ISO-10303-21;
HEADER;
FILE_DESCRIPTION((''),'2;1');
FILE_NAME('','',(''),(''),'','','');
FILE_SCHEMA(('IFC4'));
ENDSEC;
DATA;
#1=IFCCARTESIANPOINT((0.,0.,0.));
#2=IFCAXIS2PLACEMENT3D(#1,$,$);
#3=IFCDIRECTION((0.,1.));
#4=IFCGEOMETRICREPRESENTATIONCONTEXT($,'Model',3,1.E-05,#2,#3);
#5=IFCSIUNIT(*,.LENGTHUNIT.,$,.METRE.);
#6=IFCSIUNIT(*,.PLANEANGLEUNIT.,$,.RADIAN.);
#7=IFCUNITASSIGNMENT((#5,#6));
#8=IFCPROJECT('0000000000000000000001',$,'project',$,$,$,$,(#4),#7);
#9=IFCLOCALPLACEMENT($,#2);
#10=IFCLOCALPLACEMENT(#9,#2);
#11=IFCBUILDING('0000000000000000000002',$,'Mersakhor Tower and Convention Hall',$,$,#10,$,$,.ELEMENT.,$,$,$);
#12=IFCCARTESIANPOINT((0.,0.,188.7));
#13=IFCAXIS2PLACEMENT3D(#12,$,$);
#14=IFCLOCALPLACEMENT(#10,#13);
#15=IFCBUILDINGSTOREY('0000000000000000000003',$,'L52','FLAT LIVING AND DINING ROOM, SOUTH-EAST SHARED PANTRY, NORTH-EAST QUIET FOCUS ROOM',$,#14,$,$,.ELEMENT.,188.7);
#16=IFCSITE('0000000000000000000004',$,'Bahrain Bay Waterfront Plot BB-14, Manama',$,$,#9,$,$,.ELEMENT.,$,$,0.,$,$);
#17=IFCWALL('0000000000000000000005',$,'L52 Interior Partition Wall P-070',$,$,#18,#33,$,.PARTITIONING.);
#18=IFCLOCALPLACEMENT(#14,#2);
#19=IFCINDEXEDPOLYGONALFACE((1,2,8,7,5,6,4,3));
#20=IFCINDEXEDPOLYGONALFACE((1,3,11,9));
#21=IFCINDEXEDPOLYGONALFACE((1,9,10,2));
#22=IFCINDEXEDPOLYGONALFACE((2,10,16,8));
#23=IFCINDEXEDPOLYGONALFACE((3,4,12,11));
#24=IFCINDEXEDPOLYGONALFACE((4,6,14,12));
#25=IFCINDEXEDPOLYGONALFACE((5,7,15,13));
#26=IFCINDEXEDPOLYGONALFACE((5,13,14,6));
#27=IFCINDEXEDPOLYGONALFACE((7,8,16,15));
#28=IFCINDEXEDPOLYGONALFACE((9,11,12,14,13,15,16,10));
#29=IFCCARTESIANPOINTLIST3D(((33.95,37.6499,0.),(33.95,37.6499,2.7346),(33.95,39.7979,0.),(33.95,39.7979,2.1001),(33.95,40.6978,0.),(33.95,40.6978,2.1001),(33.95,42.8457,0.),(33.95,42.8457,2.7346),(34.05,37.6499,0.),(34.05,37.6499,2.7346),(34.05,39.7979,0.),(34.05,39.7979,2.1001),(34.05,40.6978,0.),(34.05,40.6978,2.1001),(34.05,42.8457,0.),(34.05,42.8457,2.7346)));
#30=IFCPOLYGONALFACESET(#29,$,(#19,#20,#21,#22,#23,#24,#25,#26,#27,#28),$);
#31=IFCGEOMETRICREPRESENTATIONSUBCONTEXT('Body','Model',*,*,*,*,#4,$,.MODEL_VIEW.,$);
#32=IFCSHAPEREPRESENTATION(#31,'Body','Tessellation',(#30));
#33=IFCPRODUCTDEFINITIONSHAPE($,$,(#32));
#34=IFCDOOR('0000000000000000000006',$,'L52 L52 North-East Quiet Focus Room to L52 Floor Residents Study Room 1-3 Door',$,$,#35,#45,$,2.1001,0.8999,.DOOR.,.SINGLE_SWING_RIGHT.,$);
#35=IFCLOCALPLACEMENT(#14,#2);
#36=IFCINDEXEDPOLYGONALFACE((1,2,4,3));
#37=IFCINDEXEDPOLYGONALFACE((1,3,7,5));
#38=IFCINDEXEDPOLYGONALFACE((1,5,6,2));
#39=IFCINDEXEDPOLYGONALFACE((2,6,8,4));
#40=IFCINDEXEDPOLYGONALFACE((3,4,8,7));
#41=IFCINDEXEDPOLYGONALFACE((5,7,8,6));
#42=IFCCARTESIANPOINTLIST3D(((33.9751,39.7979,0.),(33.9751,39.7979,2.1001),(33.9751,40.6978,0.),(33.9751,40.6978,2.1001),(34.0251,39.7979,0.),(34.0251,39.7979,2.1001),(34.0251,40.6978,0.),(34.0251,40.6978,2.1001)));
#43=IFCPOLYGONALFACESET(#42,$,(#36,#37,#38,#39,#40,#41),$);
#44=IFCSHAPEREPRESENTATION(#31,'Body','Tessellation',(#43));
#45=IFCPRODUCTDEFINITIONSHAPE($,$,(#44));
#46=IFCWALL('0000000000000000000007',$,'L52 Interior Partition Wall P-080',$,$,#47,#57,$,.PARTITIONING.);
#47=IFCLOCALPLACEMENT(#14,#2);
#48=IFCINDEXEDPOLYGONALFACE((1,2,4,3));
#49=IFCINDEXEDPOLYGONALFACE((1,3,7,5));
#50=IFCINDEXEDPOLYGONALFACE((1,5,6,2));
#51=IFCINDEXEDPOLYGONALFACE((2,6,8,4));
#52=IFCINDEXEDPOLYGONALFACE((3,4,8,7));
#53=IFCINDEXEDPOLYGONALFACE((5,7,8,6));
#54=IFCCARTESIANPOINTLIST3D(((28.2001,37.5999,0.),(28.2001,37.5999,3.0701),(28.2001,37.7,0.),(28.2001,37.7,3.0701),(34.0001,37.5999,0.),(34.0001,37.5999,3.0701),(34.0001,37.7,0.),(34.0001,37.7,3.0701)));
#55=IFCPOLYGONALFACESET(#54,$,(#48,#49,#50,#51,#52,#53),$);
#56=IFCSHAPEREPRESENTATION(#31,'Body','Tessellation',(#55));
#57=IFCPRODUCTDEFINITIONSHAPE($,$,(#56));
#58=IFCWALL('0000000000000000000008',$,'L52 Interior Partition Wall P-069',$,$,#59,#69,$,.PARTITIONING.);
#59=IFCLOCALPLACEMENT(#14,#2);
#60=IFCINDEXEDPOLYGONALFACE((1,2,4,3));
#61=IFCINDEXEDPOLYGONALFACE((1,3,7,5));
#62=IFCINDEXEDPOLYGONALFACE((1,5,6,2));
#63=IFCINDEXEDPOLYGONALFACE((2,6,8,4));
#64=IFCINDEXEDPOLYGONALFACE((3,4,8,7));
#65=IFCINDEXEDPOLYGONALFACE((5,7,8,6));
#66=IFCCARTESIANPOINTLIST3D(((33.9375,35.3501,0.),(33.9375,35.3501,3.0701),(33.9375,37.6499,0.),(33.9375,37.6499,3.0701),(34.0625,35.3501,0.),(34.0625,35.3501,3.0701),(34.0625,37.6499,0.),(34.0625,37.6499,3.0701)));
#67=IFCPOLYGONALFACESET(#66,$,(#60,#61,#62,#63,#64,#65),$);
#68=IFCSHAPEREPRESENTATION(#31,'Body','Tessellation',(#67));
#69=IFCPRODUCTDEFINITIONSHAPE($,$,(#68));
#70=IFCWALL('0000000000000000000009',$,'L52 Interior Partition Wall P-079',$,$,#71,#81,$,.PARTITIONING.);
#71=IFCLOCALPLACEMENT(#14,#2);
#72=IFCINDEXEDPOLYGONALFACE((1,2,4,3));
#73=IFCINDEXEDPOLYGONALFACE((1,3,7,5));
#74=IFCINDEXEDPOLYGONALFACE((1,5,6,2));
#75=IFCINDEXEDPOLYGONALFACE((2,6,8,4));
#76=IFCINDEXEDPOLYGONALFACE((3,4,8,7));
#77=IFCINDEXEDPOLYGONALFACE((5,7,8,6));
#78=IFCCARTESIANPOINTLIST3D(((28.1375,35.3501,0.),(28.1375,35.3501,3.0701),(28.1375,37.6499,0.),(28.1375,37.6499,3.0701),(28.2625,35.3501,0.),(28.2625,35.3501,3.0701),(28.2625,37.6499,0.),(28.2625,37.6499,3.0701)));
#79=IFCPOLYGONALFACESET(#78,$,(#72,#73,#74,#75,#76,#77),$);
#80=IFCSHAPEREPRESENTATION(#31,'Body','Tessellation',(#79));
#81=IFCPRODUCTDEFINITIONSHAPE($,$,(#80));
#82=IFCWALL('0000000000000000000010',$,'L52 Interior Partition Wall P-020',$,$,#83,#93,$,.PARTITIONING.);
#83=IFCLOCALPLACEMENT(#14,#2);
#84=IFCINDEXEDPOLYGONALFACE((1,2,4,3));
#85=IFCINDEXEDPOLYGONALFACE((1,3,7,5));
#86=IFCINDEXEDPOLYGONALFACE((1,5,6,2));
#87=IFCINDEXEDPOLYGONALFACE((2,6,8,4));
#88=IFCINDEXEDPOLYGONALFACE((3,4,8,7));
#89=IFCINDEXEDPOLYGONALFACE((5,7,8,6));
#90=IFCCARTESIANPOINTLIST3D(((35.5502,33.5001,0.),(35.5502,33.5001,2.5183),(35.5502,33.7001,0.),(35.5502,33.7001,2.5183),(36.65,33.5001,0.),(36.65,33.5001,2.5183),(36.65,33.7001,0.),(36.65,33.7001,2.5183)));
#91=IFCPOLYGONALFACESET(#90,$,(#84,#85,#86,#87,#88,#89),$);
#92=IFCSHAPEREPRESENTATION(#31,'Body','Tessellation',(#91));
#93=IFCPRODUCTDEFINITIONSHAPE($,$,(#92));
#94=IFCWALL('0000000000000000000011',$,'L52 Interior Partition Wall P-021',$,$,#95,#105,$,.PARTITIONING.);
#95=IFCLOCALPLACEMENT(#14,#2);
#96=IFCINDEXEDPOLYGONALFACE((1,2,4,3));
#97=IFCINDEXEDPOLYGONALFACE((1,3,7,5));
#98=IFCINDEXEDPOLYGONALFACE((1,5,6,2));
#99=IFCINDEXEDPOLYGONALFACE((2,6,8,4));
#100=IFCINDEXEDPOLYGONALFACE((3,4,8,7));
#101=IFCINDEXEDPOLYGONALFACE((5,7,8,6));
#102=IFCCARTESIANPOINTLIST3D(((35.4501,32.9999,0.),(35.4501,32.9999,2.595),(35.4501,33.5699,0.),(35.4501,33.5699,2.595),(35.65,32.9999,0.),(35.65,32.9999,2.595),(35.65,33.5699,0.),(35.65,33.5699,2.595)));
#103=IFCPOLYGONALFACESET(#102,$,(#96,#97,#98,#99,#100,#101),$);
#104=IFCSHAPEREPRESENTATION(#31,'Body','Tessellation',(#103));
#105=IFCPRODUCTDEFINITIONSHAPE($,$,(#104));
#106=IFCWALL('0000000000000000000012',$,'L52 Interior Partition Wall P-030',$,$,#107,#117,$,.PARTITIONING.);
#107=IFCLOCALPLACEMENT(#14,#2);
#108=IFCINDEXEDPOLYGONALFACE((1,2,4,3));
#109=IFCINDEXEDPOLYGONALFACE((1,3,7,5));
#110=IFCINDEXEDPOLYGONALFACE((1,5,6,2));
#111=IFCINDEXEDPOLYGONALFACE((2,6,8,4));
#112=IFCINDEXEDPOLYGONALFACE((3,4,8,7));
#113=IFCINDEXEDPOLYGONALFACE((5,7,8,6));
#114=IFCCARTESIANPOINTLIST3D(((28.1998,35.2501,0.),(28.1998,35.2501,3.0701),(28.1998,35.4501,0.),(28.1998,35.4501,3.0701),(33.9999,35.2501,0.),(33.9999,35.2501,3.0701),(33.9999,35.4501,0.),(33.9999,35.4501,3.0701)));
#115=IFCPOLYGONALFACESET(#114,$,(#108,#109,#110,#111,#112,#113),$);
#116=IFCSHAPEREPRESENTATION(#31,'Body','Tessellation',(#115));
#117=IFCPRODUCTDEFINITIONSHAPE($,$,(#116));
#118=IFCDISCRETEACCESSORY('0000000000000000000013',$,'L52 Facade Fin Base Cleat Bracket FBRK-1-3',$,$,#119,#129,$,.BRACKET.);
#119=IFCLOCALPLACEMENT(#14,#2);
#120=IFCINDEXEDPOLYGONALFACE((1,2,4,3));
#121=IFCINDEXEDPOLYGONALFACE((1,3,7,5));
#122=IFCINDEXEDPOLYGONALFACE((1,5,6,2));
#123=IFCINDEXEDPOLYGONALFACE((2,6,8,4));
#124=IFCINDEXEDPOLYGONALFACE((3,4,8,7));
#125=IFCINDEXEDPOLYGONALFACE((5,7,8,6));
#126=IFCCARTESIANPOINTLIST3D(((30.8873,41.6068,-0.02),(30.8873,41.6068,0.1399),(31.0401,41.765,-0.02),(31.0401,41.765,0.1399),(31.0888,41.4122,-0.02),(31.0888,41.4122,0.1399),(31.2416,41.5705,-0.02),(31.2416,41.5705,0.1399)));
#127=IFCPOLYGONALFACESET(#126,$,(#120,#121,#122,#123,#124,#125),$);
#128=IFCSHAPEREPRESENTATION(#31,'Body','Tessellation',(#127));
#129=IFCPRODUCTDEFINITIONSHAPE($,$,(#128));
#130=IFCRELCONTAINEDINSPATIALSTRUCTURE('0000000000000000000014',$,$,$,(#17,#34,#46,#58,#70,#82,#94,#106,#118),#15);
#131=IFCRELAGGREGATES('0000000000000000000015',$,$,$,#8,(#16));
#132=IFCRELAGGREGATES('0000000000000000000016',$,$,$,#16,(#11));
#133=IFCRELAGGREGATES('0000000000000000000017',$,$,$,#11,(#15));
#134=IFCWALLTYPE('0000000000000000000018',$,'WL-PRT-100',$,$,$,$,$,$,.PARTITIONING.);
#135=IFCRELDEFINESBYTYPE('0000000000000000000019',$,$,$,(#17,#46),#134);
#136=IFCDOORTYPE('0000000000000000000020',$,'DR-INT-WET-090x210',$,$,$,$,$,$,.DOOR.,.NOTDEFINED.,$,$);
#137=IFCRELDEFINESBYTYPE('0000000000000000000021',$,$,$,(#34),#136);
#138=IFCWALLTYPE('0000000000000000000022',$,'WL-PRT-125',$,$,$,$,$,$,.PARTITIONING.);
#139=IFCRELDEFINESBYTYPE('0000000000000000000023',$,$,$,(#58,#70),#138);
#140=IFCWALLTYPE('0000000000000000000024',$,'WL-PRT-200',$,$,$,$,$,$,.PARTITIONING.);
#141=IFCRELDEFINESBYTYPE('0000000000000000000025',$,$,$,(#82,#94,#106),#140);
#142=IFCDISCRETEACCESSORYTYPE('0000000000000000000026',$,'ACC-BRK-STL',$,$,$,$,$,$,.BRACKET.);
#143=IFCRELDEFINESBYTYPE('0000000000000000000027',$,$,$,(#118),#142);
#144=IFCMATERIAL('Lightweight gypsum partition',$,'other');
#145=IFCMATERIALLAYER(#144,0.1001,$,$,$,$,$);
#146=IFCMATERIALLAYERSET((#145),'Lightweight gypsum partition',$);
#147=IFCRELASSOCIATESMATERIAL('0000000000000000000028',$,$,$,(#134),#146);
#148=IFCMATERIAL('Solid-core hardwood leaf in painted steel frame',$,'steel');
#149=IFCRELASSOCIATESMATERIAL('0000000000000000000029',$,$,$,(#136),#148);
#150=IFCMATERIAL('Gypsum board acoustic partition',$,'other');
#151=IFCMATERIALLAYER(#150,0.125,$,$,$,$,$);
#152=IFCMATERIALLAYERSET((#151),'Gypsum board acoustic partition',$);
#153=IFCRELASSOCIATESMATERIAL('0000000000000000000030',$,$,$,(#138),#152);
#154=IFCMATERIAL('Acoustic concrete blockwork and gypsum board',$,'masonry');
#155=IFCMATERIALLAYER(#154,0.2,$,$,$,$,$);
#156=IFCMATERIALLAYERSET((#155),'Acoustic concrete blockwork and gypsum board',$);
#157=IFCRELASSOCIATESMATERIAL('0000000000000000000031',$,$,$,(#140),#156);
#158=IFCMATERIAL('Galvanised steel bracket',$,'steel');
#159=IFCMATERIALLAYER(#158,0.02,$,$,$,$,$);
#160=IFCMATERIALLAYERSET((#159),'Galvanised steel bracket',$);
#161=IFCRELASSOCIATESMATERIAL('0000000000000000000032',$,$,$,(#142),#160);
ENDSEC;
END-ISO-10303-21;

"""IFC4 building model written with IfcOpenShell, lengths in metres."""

from ifc_helpers import new_model, si_unit, direction, frame, frame_2d, origin, origin_2d, place, context, subcontext, project, spatial, rectangle, extrude, material, layer, layer_set, type_object, element, fill, save


model = new_model("IFC4")

# Units and contexts
model_context = context("Model", 3, precision=1e-05, world=origin(), true_north=direction((0.0, 1.0)))
body_context = subcontext(model_context, "Body", "Model", "MODEL_VIEW")
ifc_project = project(units=[si_unit("LENGTHUNIT", "METRE"), si_unit("PLANEANGLEUNIT", "RADIAN")], contexts=[model_context])

# Site, building, storey
site_placement = place(None, origin())
site = spatial("IfcSite", under=ifc_project, at=site_placement, Name="Bahrain Bay Waterfront Plot BB-14, Manama", CompositionType="ELEMENT", RefElevation=0.0)
building_placement = place(site_placement, origin())
building = spatial("IfcBuilding", under=site, at=building_placement, Name="Mersakhor Tower and Convention Hall", CompositionType="ELEMENT")
storey_placement = place(building_placement, frame((0.0, 0.0, 188.7)))
storey = spatial("IfcBuildingStorey", under=building, at=storey_placement, Name="L52", Description="FLAT LIVING AND DINING ROOM, SOUTH-EAST SHARED PANTRY, NORTH-EAST QUIET FOCUS ROOM", CompositionType="ELEMENT", Elevation=188.7)

# Wall, opening, door
ifc_material_1 = material(Name="Lightweight gypsum partition", Category="other")
ifc_layer_1 = layer(ifc_material_1, 0.1001)
ifc_layer_set_1 = layer_set([ifc_layer_1], Name="Lightweight gypsum partition")
wall_type_1 = type_object("IfcWallType", Name="WL-PRT-100", PredefinedType="PARTITIONING", material=ifc_layer_set_1)
wall_1_placement = place(storey_placement, frame((34.0, 37.6499, 0.0), z_axis=(0.0, 0.0, 1.0), x_axis=(0.0, 1.0, 0.0)))
wall_1 = element("IfcWall", 1, at=wall_1_placement, inside=storey, type_object=wall_type_1, Name="L52 Interior Partition Wall P-070", PredefinedType="PARTITIONING", context=body_context, shape_type="SweptSolid", body=[
    extrude(rectangle(XDim=5.1958, YDim=0.1001, at=frame_2d((2.5979, 0.0))), origin(), (0.0, 0.0, 1.0), 2.7346),
])
opening_1_placement = place(wall_1_placement, frame((2.1479, 0.0, 0.0)))
opening_1 = element("IfcOpeningElement", 2, at=opening_1_placement, cuts=wall_1, PredefinedType="OPENING", context=body_context, shape_type="SweptSolid", body=[
    extrude(rectangle(XDim=0.8999, YDim=2.1001, at=frame_2d((0.45, 1.05))), frame((0.0, 0.0601, 0.0), z_axis=(0.0, -1.0, 0.0), x_axis=(1.0, 0.0, 0.0)), (0.0, 0.0, 1.0), 0.1201),
])
ifc_material_2 = material(Name="Solid-core hardwood leaf in painted steel frame", Category="steel")
door_type_1 = type_object("IfcDoorType", Name="DR-INT-WET-090x210", OperationType="NOTDEFINED", PredefinedType="DOOR", material=ifc_material_2)
door_1_placement = place(opening_1_placement, origin())
door_1 = element("IfcDoor", 3, at=door_1_placement, inside=storey, type_object=door_type_1, Name="L52 L52 North-East Quiet Focus Room to L52 Floor Residents Study Room 1-3 Door", OperationType="SINGLE_SWING_RIGHT", OverallHeight=2.1001, OverallWidth=0.8999, PredefinedType="DOOR", context=body_context, shape_type="SweptSolid", body=[
    extrude(rectangle(XDim=0.8999, YDim=2.1001, at=frame_2d((0.45, 1.05))), frame((0.0, 0.0249, 0.0), z_axis=(0.0, -1.0, 0.0), x_axis=(1.0, 0.0, 0.0)), (0.0, 0.0, 1.0), 0.05),
])
fill(opening_1, door_1)

# Walls
wall_2_placement = place(storey_placement, frame((34.0, 37.6499, 0.0), z_axis=(0.0, 0.0, 1.0), x_axis=(-1.0, 0.0, 0.0)))
element("IfcWall", 4, at=wall_2_placement, inside=storey, type_object=wall_type_1, Name="L52 Interior Partition Wall P-080", PredefinedType="PARTITIONING", context=body_context, shape_type="SweptSolid", body=[
    extrude(rectangle(XDim=5.8, YDim=0.1001, at=frame_2d((2.8999, 0.0))), origin(), (0.0, 0.0, 1.0), 3.0701),
])
ifc_material_3 = material(Name="Gypsum board acoustic partition", Category="other")
ifc_layer_2 = layer(ifc_material_3, 0.125)
ifc_layer_set_2 = layer_set([ifc_layer_2], Name="Gypsum board acoustic partition")
wall_type_2 = type_object("IfcWallType", Name="WL-PRT-125", PredefinedType="PARTITIONING", material=ifc_layer_set_2)
for number, where, z_axis, x_axis, name in (
    (5, (34.0, 35.3501, 0.0), (0.0, 0.0, 1.0), (0.0, 1.0, 0.0), "L52 Interior Partition Wall P-069"),
    (6, (28.2, 37.6499, 0.0), (0.0, 0.0, 1.0), (0.0, -1.0, 0.0), "L52 Interior Partition Wall P-079"),
):
    element("IfcWall", number, at=place(storey_placement, frame(where, z_axis=z_axis, x_axis=x_axis)), inside=storey, type_object=wall_type_2, Name=name, PredefinedType="PARTITIONING", context=body_context, shape_type="SweptSolid", body=[
        extrude(rectangle(XDim=2.2998, YDim=0.125, at=frame_2d((1.1499, 0.0))), origin(), (0.0, 0.0, 1.0), 3.0701),
    ])
ifc_material_4 = material(Name="Acoustic concrete blockwork and gypsum board", Category="masonry")
ifc_layer_3 = layer(ifc_material_4, 0.2)
ifc_layer_set_3 = layer_set([ifc_layer_3], Name="Acoustic concrete blockwork and gypsum board")
wall_type_3 = type_object("IfcWallType", Name="WL-PRT-200", PredefinedType="PARTITIONING", material=ifc_layer_set_3)
wall_3_placement = place(storey_placement, frame((36.6499, 33.6001, 0.0), z_axis=(0.0, 0.0, 1.0), x_axis=(-1.0, 0.0, 0.0)))
element("IfcWall", 7, at=wall_3_placement, inside=storey, type_object=wall_type_3, Name="L52 Interior Partition Wall P-020", PredefinedType="PARTITIONING", context=body_context, shape_type="SweptSolid", body=[
    extrude(rectangle(XDim=1.0999, YDim=0.2, at=frame_2d((0.5498, 0.0))), origin(), (0.0, 0.0, 1.0), 2.5183),
])
wall_4_placement = place(storey_placement, frame((35.55, 33.5701, 0.0), z_axis=(0.0, 0.0, 1.0), x_axis=(0.0, -1.0, 0.0)))
element("IfcWall", 8, at=wall_4_placement, inside=storey, type_object=wall_type_3, Name="L52 Interior Partition Wall P-021", PredefinedType="PARTITIONING", context=body_context, shape_type="SweptSolid", body=[
    extrude(rectangle(XDim=0.5701, YDim=0.2, at=frame_2d((0.2852, 0.0))), origin(), (0.0, 0.0, 1.0), 2.595),
])
wall_5_placement = place(storey_placement, frame((28.2, 35.3501, 0.0), z_axis=(0.0, 0.0, 1.0), x_axis=(1.0, 0.0, 0.0)))
element("IfcWall", 9, at=wall_5_placement, inside=storey, type_object=wall_type_3, Name="L52 Interior Partition Wall P-030", PredefinedType="PARTITIONING", context=body_context, shape_type="SweptSolid", body=[
    extrude(rectangle(XDim=5.8, YDim=0.2, at=frame_2d((2.8999, 0.0))), origin(), (0.0, 0.0, 1.0), 3.0701),
])

# Discrete accessory
ifc_material_5 = material(Name="Galvanised steel bracket", Category="steel")
ifc_layer_4 = layer(ifc_material_5, 0.02)
ifc_layer_set_4 = layer_set([ifc_layer_4], Name="Galvanised steel bracket")
discrete_accessory_type = type_object("IfcDiscreteAccessoryType", Name="ACC-BRK-STL", PredefinedType="BRACKET", material=ifc_layer_set_4)
discrete_accessory_placement = place(storey_placement, frame((31.0645, 41.5886, -0.02), z_axis=(0.0, 0.0, 1.0), x_axis=(-0.71934, 0.694658, 0.0)))
element("IfcDiscreteAccessory", 10, at=discrete_accessory_placement, inside=storey, type_object=discrete_accessory_type, Name="L52 Facade Fin Base Cleat Bracket FBRK-1-3", PredefinedType="BRACKET", context=body_context, shape_type="SweptSolid", body=[
    extrude(rectangle(XDim=0.28, YDim=0.22, at=origin_2d()), origin(), (0.0, 0.0, 1.0), 0.1599),
])

save(model, "model.ifc")
